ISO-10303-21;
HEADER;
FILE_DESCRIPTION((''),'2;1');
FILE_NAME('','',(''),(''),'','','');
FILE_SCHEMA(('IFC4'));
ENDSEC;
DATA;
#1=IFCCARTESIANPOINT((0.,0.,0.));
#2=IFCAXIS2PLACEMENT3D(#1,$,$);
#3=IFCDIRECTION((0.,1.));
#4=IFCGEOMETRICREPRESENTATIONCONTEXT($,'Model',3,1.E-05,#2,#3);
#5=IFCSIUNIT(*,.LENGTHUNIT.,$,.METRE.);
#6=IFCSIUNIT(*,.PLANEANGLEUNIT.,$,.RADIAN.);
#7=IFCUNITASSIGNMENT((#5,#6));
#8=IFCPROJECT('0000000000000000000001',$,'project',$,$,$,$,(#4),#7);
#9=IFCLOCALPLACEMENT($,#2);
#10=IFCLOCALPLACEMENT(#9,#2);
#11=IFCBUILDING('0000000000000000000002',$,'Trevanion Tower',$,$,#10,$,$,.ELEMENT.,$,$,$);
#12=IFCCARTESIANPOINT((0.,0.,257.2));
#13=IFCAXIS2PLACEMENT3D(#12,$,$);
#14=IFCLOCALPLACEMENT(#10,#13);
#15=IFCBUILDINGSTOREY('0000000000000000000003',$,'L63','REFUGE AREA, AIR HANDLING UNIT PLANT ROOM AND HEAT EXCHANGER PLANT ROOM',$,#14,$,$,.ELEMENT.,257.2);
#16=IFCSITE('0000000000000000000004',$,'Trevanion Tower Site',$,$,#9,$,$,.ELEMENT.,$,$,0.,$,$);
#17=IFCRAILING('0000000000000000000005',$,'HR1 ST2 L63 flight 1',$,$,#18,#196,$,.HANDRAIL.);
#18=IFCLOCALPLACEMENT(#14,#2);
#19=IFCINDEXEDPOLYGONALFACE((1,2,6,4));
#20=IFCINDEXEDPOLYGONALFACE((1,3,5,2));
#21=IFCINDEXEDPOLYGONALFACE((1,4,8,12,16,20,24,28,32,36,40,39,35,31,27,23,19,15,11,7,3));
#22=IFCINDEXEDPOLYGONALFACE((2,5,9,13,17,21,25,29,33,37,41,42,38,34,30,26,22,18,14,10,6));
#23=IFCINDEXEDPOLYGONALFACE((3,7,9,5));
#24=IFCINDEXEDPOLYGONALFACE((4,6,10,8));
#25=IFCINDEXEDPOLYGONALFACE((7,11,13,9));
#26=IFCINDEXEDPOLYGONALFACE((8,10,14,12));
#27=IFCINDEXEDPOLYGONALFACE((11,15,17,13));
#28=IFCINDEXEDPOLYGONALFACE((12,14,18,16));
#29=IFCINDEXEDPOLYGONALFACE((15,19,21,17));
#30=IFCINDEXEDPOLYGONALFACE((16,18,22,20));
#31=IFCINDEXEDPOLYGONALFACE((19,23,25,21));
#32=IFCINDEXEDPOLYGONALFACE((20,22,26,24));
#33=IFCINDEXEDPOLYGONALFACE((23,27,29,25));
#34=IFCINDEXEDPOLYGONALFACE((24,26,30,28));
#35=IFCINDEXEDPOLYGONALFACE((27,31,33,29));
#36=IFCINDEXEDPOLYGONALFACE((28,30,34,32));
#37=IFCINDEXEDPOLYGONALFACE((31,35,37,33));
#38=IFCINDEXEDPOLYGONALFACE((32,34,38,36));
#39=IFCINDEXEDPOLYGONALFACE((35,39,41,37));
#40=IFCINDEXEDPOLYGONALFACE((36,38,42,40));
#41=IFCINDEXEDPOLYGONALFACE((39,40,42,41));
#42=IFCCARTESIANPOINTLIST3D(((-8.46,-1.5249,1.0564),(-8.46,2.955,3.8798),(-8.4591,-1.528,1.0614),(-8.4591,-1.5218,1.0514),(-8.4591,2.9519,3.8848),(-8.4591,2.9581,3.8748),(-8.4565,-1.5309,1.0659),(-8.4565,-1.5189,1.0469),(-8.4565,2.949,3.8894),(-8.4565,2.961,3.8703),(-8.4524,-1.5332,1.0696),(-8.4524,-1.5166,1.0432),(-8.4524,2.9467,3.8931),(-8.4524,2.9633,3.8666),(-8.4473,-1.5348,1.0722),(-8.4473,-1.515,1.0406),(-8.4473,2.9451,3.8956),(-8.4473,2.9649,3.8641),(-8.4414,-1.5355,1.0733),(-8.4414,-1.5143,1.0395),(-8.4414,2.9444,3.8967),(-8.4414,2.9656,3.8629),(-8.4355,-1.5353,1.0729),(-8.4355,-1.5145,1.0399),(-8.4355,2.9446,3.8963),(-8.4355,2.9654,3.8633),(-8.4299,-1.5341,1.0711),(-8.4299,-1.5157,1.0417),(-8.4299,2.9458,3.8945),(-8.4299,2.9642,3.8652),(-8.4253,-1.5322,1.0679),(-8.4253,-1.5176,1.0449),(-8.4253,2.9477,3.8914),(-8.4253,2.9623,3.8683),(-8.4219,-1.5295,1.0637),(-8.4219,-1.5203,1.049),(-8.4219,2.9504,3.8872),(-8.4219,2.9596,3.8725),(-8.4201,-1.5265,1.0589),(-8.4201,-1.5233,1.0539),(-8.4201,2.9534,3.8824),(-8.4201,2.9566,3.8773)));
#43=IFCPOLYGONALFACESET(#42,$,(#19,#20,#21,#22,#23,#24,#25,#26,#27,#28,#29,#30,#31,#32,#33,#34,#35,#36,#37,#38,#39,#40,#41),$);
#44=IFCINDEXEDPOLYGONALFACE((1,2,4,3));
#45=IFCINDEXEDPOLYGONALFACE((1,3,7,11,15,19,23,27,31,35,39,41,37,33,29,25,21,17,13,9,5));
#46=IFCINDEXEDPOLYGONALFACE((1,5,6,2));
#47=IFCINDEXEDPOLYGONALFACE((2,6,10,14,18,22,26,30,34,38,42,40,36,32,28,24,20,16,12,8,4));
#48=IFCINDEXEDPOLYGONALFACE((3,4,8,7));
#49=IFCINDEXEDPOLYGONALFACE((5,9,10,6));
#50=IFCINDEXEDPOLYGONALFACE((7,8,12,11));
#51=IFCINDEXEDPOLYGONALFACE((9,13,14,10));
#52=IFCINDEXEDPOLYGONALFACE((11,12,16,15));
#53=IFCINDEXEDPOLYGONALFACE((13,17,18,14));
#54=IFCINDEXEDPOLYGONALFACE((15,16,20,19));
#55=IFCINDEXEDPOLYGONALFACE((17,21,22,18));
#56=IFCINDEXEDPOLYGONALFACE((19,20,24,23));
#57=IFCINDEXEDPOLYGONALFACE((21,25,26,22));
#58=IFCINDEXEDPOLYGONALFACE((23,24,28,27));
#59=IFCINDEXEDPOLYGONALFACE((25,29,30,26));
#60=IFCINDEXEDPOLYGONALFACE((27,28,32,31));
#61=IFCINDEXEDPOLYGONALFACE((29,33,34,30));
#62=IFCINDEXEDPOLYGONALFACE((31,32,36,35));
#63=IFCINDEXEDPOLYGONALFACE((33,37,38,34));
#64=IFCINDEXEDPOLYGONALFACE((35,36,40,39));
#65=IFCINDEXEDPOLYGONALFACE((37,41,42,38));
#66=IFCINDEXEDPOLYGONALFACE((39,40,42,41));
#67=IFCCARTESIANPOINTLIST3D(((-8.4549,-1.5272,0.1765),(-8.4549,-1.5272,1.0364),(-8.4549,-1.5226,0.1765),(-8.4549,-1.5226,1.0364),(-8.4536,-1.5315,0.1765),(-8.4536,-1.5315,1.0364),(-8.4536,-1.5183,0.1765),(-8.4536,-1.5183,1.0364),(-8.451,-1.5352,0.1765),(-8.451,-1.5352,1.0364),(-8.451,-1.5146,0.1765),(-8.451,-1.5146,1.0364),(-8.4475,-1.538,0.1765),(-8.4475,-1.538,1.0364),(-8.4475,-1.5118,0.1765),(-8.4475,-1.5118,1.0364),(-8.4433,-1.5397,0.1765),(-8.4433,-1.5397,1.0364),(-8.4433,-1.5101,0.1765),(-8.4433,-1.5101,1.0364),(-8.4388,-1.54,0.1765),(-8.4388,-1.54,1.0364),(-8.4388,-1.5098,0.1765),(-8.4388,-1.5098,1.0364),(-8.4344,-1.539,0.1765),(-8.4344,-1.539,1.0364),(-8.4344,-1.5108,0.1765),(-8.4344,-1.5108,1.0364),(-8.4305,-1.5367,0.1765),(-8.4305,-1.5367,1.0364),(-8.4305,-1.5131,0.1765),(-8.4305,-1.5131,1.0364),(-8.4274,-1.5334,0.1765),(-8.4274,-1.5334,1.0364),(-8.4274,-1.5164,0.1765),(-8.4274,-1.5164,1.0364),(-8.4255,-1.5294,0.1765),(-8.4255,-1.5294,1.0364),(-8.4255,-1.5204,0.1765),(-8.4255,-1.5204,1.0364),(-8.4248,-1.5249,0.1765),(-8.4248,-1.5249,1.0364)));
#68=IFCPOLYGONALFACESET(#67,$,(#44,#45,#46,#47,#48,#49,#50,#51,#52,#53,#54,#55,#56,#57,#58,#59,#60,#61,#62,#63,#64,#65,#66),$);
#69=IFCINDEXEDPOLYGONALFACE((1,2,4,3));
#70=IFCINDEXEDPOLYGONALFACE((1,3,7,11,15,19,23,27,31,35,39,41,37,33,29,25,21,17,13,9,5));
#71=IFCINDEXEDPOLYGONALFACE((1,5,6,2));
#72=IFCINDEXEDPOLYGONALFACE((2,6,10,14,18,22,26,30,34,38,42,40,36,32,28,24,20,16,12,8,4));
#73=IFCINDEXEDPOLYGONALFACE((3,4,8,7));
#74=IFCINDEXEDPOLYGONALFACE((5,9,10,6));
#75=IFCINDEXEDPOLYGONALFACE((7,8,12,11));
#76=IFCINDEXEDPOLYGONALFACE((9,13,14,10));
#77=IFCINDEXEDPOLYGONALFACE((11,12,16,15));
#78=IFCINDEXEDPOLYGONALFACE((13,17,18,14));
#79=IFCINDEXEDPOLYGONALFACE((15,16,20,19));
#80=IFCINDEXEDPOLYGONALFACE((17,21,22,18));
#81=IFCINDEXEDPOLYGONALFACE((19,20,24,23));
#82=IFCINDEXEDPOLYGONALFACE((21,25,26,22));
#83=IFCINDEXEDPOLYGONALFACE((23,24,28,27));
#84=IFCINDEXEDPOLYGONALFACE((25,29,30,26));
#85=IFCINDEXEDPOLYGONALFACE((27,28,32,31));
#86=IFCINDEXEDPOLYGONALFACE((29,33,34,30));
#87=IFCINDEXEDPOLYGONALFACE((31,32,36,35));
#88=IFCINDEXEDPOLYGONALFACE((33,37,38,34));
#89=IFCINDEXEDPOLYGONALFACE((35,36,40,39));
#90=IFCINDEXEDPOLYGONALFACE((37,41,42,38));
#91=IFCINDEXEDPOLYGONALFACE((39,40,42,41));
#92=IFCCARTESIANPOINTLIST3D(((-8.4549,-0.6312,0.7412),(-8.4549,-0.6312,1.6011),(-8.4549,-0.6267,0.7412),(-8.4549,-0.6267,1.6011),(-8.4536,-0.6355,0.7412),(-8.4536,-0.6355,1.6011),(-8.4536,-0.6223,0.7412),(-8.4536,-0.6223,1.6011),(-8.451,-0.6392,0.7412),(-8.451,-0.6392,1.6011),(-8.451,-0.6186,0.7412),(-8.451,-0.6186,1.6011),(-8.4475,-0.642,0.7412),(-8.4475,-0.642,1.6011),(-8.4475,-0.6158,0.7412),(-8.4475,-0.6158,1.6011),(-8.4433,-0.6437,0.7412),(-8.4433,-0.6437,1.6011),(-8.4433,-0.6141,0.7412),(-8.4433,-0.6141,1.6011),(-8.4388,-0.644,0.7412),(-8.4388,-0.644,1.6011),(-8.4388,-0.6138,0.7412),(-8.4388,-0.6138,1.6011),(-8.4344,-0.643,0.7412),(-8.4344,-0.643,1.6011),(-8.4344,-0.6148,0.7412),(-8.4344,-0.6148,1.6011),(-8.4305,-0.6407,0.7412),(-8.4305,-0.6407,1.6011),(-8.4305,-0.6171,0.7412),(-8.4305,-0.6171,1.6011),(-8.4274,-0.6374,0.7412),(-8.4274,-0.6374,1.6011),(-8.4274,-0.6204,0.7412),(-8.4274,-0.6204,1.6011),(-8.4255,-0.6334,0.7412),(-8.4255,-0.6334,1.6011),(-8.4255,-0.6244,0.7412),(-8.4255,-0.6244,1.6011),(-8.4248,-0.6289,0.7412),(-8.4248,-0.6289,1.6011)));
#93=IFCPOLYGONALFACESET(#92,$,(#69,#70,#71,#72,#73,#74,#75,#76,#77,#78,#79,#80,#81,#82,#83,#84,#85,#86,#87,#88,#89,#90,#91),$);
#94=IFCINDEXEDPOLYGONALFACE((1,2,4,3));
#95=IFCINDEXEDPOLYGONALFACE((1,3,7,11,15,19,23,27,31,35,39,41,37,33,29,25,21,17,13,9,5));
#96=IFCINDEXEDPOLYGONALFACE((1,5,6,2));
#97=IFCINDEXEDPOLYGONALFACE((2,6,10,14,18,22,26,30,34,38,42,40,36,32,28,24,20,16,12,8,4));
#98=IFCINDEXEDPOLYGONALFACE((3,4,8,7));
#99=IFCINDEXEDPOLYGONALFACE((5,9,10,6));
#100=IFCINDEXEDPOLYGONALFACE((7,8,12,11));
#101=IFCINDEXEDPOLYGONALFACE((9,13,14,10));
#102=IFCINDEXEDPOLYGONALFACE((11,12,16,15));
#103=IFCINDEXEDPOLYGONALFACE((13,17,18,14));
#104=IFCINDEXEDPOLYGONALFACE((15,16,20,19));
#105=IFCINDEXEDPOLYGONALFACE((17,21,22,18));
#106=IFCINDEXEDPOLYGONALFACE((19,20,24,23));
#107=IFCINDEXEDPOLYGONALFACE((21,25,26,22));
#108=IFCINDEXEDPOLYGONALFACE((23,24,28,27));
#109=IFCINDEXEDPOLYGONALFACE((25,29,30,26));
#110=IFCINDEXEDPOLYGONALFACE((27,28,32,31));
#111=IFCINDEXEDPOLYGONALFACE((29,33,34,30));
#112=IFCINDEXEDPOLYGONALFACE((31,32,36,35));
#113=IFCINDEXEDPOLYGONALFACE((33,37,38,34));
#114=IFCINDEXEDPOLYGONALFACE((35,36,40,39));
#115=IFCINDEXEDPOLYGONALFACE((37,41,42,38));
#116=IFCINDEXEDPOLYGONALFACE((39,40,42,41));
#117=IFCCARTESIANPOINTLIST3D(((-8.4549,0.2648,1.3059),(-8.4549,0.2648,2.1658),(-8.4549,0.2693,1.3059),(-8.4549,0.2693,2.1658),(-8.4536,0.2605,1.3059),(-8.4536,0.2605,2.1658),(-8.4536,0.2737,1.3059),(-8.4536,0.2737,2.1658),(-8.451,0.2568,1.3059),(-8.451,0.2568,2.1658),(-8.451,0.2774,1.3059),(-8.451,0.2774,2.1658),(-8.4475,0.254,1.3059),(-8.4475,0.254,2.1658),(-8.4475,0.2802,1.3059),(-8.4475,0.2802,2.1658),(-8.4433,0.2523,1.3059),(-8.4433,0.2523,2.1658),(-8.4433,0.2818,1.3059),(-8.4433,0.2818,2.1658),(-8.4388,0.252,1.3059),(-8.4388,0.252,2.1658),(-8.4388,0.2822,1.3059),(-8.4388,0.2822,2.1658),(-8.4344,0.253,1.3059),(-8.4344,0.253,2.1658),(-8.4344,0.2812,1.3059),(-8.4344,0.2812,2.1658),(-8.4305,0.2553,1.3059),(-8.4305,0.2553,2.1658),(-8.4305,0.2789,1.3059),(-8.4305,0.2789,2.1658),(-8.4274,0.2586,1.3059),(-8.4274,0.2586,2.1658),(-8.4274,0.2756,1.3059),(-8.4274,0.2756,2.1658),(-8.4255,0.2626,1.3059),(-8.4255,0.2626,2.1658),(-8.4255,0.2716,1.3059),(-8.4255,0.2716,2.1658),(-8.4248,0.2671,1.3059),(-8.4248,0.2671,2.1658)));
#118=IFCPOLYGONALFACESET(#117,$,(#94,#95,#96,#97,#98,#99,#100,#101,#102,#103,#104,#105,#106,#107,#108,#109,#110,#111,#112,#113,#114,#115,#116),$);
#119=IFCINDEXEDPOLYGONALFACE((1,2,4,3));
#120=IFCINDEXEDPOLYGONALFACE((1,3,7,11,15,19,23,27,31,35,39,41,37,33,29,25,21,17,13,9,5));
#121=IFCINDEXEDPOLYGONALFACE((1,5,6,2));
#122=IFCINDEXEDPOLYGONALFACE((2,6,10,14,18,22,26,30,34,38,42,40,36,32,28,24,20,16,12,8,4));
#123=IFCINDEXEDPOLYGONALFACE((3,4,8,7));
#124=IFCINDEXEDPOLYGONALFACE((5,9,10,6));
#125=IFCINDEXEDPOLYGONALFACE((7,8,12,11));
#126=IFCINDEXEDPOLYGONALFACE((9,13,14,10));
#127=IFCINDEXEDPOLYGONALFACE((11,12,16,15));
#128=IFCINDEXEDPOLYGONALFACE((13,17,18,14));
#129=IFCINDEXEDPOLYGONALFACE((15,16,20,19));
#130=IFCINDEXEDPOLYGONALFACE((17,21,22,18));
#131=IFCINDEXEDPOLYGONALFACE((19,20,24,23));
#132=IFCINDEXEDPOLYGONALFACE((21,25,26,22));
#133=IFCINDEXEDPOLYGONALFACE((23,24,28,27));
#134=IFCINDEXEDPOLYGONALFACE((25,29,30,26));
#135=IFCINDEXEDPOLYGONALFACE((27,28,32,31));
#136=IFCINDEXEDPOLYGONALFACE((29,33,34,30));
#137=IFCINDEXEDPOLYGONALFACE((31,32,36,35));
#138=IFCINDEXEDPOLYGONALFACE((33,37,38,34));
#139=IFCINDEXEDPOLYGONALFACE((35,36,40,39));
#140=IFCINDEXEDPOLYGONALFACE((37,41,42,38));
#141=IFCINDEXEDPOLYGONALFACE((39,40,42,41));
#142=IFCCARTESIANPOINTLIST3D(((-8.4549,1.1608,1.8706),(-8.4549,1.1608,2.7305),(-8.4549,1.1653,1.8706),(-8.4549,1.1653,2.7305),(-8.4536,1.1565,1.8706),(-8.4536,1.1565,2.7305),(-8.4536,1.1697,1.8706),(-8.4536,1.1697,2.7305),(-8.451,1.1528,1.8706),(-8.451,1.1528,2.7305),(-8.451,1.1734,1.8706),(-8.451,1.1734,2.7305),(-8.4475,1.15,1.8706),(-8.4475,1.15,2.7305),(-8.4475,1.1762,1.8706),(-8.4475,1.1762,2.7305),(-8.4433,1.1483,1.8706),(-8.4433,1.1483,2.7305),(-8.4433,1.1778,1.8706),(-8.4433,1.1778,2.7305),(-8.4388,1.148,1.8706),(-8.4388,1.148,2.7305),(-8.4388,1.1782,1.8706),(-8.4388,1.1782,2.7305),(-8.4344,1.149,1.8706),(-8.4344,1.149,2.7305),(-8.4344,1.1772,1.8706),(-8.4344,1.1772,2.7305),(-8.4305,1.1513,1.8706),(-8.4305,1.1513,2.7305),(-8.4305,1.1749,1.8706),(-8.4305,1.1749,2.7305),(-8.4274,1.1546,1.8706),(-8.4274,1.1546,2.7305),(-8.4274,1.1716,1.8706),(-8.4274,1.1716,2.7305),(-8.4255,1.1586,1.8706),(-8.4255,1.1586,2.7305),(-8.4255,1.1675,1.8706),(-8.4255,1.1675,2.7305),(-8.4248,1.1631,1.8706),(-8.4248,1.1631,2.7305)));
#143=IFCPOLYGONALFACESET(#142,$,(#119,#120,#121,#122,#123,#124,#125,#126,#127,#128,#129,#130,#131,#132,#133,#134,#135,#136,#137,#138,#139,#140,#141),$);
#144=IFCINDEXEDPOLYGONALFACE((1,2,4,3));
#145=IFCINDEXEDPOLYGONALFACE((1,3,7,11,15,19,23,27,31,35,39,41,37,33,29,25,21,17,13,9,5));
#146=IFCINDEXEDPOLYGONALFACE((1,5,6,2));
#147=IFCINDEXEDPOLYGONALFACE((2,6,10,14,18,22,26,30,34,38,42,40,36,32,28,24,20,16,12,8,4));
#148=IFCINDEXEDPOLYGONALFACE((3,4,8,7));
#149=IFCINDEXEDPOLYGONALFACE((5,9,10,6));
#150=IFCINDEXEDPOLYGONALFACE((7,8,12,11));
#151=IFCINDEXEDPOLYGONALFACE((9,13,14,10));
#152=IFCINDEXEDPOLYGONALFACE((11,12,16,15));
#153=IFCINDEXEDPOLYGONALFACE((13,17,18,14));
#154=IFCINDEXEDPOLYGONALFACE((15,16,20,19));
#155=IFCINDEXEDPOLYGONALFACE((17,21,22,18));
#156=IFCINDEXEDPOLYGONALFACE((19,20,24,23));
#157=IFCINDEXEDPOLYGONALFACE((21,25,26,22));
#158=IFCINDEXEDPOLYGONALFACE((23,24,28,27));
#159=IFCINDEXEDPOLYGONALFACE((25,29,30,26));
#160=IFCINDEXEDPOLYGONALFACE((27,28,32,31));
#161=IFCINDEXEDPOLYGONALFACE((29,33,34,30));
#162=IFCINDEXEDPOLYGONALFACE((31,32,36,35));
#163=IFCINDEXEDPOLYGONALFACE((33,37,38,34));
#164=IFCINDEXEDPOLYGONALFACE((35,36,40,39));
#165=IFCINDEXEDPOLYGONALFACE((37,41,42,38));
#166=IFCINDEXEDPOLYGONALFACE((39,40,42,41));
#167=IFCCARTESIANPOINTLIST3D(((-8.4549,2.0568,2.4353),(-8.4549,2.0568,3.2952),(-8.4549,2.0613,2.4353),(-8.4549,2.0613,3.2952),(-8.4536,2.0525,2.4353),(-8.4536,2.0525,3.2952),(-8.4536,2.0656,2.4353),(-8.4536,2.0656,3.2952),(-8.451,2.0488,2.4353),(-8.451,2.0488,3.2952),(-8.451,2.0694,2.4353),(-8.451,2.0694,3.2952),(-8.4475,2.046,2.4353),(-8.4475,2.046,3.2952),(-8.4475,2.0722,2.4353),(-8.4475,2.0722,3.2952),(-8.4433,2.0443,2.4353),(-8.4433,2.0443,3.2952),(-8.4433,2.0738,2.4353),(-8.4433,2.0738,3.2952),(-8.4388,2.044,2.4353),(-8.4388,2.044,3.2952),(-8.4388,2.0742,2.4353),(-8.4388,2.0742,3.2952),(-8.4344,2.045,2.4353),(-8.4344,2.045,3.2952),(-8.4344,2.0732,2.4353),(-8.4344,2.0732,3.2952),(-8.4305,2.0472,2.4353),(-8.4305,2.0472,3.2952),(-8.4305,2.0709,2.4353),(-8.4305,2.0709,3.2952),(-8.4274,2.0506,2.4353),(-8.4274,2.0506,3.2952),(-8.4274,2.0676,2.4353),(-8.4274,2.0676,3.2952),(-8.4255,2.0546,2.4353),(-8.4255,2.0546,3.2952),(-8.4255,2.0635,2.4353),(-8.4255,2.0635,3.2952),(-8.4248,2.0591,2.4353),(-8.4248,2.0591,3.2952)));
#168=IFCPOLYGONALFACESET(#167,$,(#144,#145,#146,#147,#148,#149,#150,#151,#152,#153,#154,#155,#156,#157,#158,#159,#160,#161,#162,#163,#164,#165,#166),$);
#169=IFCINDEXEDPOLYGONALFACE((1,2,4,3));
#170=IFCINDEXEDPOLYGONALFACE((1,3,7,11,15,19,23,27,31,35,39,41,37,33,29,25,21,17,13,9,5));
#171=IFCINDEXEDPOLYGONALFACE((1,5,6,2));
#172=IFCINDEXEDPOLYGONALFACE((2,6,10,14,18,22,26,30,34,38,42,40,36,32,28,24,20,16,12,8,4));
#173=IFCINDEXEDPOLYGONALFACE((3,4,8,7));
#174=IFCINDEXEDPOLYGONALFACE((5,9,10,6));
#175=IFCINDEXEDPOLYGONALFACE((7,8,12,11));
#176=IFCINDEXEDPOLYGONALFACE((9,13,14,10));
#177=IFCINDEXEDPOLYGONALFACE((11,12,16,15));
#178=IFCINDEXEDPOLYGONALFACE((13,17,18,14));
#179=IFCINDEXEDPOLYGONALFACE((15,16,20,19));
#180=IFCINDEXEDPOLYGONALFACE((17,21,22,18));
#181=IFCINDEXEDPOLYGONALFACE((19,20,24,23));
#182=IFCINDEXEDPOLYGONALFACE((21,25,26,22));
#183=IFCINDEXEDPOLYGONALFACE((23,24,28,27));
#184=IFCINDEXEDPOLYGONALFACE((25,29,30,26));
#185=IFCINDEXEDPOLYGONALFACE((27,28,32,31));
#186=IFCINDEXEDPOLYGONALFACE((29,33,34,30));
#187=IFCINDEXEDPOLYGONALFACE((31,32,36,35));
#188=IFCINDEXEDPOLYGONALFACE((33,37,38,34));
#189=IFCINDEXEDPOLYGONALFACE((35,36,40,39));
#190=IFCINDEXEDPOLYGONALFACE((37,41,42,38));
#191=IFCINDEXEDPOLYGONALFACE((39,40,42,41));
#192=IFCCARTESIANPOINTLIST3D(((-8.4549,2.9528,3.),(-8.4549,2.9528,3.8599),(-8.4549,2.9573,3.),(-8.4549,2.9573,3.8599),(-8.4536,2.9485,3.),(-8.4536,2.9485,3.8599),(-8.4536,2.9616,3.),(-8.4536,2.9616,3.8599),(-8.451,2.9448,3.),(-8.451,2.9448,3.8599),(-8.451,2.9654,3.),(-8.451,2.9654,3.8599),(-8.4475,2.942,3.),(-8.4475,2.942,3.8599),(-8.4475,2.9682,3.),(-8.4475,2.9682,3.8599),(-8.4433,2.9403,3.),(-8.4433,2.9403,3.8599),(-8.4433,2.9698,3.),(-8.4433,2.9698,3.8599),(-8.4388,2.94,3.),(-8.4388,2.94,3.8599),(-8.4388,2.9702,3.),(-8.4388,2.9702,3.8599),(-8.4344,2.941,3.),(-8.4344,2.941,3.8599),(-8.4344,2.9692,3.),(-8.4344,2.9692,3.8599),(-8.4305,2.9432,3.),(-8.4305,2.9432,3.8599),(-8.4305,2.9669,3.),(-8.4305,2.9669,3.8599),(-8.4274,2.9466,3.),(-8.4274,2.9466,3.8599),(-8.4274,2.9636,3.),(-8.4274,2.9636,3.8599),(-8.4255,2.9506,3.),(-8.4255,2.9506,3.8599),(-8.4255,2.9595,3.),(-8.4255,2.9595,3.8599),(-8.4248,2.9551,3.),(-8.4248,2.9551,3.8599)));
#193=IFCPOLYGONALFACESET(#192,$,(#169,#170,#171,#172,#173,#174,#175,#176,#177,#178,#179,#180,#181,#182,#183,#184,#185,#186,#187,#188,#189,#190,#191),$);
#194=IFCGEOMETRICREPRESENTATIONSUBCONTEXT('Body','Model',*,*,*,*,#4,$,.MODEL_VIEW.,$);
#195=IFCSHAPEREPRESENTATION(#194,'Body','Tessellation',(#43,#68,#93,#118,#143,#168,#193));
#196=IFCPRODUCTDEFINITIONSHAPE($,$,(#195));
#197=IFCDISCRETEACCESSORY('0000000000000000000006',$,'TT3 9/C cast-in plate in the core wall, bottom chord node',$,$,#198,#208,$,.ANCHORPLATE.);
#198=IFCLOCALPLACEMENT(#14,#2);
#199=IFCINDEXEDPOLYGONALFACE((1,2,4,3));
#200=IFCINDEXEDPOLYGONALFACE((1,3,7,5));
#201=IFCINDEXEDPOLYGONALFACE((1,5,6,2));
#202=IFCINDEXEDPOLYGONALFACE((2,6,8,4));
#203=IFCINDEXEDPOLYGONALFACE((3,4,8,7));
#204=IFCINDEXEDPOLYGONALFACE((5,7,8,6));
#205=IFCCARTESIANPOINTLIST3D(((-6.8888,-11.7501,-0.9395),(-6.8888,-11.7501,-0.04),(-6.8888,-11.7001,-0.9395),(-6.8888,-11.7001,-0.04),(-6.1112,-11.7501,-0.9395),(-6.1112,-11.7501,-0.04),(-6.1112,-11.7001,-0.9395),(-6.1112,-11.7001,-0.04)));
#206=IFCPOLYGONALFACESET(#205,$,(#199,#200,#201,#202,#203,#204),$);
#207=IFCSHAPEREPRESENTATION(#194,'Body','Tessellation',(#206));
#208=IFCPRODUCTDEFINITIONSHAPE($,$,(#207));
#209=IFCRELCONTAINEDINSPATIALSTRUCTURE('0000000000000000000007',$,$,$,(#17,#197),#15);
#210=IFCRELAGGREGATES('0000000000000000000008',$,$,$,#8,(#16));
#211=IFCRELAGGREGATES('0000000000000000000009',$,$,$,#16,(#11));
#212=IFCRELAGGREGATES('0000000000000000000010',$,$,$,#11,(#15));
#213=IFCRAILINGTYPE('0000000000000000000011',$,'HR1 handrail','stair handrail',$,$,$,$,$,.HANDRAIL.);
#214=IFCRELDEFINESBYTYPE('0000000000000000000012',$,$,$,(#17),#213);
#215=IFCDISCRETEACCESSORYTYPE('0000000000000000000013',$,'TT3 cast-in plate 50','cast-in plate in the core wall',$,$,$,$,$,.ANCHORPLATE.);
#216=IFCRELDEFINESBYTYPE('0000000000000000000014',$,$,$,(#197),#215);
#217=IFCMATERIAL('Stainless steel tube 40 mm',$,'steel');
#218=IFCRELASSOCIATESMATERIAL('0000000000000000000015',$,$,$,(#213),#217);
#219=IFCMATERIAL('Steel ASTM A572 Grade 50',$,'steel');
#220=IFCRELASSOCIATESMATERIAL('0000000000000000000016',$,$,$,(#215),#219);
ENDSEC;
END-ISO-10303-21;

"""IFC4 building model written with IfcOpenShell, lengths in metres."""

from ifc_helpers import new_model, si_unit, direction, frame, origin, origin_2d, place, context, subcontext, project, spatial, rectangle, circle, extrude, material, type_object, element, save


model = new_model("IFC4")

# Units and contexts
model_context = context("Model", 3, precision=1e-05, world=origin(), true_north=direction((0.0, 1.0)))
body_context = subcontext(model_context, "Body", "Model", "MODEL_VIEW")
ifc_project = project(units=[si_unit("LENGTHUNIT", "METRE"), si_unit("PLANEANGLEUNIT", "RADIAN")], contexts=[model_context])

# Site, building, storey
site_placement = place(None, origin())
site = spatial("IfcSite", under=ifc_project, at=site_placement, Name="Trevanion Tower Site", CompositionType="ELEMENT", RefElevation=0.0)
building_placement = place(site_placement, origin())
building = spatial("IfcBuilding", under=site, at=building_placement, Name="Trevanion Tower", CompositionType="ELEMENT")
storey_placement = place(building_placement, frame((0.0, 0.0, 257.2)))
storey = spatial("IfcBuildingStorey", under=building, at=storey_placement, Name="L63", Description="REFUGE AREA, AIR HANDLING UNIT PLANT ROOM AND HEAT EXCHANGER PLANT ROOM", CompositionType="ELEMENT", Elevation=257.2)

# Railing
ifc_material_1 = material(Name="Stainless steel tube 40 mm", Category="steel")
railing_type = type_object("IfcRailingType", Name="HR1 handrail", Description="stair handrail", PredefinedType="HANDRAIL", material=ifc_material_1)
for number, where, name in (
    (1, (-8.4399, -1.5249, 0.1765), "HR1 ST2 L63 flight 1"),
):
    element("IfcRailing", number, at=place(storey_placement, frame(where)), inside=storey, type_object=railing_type, Name=name, PredefinedType="HANDRAIL", context=body_context, shape_type="SweptSolid", body=[
        extrude(circle(Radius=0.02, at=origin_2d()), frame((0.0, 0.0, 0.8799), z_axis=(0.0, 0.845998, 0.533186), x_axis=(-1.0, 0.0, 0.0)), (0.0, 0.0, 1.0), 5.2954),
        extrude(circle(Radius=0.0151, at=origin_2d()), origin(), (0.0, 0.0, 1.0), 0.8599),
        extrude(circle(Radius=0.0151, at=origin_2d()), frame((0.0, 0.896, 0.5647)), (0.0, 0.0, 1.0), 0.8599),
        extrude(circle(Radius=0.0151, at=origin_2d()), frame((0.0, 1.792, 1.1294)), (0.0, 0.0, 1.0), 0.8599),
        extrude(circle(Radius=0.0151, at=origin_2d()), frame((0.0, 2.688, 1.6941)), (0.0, 0.0, 1.0), 0.8599),
        extrude(circle(Radius=0.0151, at=origin_2d()), frame((0.0, 3.584, 2.2588)), (0.0, 0.0, 1.0), 0.8599),
        extrude(circle(Radius=0.0151, at=origin_2d()), frame((0.0, 4.48, 2.8235)), (0.0, 0.0, 1.0), 0.8599),
    ])

# Discrete accessory
ifc_material_2 = material(Name="Steel ASTM A572 Grade 50", Category="steel")
discrete_accessory_type = type_object("IfcDiscreteAccessoryType", Name="TT3 cast-in plate 50", Description="cast-in plate in the core wall", PredefinedType="ANCHORPLATE", material=ifc_material_2)
for number, where, z_axis, x_axis, name in (
    (2, (-6.5, -11.7251, -0.9395), (0.0, 0.0, 1.0), (0.0, -1.0, 0.0), "TT3 9/C cast-in plate in the core wall, bottom chord node"),
):
    element("IfcDiscreteAccessory", number, at=place(storey_placement, frame(where, z_axis=z_axis, x_axis=x_axis)), inside=storey, type_object=discrete_accessory_type, Name=name, PredefinedType="ANCHORPLATE", context=body_context, shape_type="SweptSolid", body=[
        extrude(rectangle(XDim=0.05, YDim=0.7776, at=origin_2d()), origin(), (0.0, 0.0, 1.0), 0.8994),
    ])

save(model, "model.ifc")
